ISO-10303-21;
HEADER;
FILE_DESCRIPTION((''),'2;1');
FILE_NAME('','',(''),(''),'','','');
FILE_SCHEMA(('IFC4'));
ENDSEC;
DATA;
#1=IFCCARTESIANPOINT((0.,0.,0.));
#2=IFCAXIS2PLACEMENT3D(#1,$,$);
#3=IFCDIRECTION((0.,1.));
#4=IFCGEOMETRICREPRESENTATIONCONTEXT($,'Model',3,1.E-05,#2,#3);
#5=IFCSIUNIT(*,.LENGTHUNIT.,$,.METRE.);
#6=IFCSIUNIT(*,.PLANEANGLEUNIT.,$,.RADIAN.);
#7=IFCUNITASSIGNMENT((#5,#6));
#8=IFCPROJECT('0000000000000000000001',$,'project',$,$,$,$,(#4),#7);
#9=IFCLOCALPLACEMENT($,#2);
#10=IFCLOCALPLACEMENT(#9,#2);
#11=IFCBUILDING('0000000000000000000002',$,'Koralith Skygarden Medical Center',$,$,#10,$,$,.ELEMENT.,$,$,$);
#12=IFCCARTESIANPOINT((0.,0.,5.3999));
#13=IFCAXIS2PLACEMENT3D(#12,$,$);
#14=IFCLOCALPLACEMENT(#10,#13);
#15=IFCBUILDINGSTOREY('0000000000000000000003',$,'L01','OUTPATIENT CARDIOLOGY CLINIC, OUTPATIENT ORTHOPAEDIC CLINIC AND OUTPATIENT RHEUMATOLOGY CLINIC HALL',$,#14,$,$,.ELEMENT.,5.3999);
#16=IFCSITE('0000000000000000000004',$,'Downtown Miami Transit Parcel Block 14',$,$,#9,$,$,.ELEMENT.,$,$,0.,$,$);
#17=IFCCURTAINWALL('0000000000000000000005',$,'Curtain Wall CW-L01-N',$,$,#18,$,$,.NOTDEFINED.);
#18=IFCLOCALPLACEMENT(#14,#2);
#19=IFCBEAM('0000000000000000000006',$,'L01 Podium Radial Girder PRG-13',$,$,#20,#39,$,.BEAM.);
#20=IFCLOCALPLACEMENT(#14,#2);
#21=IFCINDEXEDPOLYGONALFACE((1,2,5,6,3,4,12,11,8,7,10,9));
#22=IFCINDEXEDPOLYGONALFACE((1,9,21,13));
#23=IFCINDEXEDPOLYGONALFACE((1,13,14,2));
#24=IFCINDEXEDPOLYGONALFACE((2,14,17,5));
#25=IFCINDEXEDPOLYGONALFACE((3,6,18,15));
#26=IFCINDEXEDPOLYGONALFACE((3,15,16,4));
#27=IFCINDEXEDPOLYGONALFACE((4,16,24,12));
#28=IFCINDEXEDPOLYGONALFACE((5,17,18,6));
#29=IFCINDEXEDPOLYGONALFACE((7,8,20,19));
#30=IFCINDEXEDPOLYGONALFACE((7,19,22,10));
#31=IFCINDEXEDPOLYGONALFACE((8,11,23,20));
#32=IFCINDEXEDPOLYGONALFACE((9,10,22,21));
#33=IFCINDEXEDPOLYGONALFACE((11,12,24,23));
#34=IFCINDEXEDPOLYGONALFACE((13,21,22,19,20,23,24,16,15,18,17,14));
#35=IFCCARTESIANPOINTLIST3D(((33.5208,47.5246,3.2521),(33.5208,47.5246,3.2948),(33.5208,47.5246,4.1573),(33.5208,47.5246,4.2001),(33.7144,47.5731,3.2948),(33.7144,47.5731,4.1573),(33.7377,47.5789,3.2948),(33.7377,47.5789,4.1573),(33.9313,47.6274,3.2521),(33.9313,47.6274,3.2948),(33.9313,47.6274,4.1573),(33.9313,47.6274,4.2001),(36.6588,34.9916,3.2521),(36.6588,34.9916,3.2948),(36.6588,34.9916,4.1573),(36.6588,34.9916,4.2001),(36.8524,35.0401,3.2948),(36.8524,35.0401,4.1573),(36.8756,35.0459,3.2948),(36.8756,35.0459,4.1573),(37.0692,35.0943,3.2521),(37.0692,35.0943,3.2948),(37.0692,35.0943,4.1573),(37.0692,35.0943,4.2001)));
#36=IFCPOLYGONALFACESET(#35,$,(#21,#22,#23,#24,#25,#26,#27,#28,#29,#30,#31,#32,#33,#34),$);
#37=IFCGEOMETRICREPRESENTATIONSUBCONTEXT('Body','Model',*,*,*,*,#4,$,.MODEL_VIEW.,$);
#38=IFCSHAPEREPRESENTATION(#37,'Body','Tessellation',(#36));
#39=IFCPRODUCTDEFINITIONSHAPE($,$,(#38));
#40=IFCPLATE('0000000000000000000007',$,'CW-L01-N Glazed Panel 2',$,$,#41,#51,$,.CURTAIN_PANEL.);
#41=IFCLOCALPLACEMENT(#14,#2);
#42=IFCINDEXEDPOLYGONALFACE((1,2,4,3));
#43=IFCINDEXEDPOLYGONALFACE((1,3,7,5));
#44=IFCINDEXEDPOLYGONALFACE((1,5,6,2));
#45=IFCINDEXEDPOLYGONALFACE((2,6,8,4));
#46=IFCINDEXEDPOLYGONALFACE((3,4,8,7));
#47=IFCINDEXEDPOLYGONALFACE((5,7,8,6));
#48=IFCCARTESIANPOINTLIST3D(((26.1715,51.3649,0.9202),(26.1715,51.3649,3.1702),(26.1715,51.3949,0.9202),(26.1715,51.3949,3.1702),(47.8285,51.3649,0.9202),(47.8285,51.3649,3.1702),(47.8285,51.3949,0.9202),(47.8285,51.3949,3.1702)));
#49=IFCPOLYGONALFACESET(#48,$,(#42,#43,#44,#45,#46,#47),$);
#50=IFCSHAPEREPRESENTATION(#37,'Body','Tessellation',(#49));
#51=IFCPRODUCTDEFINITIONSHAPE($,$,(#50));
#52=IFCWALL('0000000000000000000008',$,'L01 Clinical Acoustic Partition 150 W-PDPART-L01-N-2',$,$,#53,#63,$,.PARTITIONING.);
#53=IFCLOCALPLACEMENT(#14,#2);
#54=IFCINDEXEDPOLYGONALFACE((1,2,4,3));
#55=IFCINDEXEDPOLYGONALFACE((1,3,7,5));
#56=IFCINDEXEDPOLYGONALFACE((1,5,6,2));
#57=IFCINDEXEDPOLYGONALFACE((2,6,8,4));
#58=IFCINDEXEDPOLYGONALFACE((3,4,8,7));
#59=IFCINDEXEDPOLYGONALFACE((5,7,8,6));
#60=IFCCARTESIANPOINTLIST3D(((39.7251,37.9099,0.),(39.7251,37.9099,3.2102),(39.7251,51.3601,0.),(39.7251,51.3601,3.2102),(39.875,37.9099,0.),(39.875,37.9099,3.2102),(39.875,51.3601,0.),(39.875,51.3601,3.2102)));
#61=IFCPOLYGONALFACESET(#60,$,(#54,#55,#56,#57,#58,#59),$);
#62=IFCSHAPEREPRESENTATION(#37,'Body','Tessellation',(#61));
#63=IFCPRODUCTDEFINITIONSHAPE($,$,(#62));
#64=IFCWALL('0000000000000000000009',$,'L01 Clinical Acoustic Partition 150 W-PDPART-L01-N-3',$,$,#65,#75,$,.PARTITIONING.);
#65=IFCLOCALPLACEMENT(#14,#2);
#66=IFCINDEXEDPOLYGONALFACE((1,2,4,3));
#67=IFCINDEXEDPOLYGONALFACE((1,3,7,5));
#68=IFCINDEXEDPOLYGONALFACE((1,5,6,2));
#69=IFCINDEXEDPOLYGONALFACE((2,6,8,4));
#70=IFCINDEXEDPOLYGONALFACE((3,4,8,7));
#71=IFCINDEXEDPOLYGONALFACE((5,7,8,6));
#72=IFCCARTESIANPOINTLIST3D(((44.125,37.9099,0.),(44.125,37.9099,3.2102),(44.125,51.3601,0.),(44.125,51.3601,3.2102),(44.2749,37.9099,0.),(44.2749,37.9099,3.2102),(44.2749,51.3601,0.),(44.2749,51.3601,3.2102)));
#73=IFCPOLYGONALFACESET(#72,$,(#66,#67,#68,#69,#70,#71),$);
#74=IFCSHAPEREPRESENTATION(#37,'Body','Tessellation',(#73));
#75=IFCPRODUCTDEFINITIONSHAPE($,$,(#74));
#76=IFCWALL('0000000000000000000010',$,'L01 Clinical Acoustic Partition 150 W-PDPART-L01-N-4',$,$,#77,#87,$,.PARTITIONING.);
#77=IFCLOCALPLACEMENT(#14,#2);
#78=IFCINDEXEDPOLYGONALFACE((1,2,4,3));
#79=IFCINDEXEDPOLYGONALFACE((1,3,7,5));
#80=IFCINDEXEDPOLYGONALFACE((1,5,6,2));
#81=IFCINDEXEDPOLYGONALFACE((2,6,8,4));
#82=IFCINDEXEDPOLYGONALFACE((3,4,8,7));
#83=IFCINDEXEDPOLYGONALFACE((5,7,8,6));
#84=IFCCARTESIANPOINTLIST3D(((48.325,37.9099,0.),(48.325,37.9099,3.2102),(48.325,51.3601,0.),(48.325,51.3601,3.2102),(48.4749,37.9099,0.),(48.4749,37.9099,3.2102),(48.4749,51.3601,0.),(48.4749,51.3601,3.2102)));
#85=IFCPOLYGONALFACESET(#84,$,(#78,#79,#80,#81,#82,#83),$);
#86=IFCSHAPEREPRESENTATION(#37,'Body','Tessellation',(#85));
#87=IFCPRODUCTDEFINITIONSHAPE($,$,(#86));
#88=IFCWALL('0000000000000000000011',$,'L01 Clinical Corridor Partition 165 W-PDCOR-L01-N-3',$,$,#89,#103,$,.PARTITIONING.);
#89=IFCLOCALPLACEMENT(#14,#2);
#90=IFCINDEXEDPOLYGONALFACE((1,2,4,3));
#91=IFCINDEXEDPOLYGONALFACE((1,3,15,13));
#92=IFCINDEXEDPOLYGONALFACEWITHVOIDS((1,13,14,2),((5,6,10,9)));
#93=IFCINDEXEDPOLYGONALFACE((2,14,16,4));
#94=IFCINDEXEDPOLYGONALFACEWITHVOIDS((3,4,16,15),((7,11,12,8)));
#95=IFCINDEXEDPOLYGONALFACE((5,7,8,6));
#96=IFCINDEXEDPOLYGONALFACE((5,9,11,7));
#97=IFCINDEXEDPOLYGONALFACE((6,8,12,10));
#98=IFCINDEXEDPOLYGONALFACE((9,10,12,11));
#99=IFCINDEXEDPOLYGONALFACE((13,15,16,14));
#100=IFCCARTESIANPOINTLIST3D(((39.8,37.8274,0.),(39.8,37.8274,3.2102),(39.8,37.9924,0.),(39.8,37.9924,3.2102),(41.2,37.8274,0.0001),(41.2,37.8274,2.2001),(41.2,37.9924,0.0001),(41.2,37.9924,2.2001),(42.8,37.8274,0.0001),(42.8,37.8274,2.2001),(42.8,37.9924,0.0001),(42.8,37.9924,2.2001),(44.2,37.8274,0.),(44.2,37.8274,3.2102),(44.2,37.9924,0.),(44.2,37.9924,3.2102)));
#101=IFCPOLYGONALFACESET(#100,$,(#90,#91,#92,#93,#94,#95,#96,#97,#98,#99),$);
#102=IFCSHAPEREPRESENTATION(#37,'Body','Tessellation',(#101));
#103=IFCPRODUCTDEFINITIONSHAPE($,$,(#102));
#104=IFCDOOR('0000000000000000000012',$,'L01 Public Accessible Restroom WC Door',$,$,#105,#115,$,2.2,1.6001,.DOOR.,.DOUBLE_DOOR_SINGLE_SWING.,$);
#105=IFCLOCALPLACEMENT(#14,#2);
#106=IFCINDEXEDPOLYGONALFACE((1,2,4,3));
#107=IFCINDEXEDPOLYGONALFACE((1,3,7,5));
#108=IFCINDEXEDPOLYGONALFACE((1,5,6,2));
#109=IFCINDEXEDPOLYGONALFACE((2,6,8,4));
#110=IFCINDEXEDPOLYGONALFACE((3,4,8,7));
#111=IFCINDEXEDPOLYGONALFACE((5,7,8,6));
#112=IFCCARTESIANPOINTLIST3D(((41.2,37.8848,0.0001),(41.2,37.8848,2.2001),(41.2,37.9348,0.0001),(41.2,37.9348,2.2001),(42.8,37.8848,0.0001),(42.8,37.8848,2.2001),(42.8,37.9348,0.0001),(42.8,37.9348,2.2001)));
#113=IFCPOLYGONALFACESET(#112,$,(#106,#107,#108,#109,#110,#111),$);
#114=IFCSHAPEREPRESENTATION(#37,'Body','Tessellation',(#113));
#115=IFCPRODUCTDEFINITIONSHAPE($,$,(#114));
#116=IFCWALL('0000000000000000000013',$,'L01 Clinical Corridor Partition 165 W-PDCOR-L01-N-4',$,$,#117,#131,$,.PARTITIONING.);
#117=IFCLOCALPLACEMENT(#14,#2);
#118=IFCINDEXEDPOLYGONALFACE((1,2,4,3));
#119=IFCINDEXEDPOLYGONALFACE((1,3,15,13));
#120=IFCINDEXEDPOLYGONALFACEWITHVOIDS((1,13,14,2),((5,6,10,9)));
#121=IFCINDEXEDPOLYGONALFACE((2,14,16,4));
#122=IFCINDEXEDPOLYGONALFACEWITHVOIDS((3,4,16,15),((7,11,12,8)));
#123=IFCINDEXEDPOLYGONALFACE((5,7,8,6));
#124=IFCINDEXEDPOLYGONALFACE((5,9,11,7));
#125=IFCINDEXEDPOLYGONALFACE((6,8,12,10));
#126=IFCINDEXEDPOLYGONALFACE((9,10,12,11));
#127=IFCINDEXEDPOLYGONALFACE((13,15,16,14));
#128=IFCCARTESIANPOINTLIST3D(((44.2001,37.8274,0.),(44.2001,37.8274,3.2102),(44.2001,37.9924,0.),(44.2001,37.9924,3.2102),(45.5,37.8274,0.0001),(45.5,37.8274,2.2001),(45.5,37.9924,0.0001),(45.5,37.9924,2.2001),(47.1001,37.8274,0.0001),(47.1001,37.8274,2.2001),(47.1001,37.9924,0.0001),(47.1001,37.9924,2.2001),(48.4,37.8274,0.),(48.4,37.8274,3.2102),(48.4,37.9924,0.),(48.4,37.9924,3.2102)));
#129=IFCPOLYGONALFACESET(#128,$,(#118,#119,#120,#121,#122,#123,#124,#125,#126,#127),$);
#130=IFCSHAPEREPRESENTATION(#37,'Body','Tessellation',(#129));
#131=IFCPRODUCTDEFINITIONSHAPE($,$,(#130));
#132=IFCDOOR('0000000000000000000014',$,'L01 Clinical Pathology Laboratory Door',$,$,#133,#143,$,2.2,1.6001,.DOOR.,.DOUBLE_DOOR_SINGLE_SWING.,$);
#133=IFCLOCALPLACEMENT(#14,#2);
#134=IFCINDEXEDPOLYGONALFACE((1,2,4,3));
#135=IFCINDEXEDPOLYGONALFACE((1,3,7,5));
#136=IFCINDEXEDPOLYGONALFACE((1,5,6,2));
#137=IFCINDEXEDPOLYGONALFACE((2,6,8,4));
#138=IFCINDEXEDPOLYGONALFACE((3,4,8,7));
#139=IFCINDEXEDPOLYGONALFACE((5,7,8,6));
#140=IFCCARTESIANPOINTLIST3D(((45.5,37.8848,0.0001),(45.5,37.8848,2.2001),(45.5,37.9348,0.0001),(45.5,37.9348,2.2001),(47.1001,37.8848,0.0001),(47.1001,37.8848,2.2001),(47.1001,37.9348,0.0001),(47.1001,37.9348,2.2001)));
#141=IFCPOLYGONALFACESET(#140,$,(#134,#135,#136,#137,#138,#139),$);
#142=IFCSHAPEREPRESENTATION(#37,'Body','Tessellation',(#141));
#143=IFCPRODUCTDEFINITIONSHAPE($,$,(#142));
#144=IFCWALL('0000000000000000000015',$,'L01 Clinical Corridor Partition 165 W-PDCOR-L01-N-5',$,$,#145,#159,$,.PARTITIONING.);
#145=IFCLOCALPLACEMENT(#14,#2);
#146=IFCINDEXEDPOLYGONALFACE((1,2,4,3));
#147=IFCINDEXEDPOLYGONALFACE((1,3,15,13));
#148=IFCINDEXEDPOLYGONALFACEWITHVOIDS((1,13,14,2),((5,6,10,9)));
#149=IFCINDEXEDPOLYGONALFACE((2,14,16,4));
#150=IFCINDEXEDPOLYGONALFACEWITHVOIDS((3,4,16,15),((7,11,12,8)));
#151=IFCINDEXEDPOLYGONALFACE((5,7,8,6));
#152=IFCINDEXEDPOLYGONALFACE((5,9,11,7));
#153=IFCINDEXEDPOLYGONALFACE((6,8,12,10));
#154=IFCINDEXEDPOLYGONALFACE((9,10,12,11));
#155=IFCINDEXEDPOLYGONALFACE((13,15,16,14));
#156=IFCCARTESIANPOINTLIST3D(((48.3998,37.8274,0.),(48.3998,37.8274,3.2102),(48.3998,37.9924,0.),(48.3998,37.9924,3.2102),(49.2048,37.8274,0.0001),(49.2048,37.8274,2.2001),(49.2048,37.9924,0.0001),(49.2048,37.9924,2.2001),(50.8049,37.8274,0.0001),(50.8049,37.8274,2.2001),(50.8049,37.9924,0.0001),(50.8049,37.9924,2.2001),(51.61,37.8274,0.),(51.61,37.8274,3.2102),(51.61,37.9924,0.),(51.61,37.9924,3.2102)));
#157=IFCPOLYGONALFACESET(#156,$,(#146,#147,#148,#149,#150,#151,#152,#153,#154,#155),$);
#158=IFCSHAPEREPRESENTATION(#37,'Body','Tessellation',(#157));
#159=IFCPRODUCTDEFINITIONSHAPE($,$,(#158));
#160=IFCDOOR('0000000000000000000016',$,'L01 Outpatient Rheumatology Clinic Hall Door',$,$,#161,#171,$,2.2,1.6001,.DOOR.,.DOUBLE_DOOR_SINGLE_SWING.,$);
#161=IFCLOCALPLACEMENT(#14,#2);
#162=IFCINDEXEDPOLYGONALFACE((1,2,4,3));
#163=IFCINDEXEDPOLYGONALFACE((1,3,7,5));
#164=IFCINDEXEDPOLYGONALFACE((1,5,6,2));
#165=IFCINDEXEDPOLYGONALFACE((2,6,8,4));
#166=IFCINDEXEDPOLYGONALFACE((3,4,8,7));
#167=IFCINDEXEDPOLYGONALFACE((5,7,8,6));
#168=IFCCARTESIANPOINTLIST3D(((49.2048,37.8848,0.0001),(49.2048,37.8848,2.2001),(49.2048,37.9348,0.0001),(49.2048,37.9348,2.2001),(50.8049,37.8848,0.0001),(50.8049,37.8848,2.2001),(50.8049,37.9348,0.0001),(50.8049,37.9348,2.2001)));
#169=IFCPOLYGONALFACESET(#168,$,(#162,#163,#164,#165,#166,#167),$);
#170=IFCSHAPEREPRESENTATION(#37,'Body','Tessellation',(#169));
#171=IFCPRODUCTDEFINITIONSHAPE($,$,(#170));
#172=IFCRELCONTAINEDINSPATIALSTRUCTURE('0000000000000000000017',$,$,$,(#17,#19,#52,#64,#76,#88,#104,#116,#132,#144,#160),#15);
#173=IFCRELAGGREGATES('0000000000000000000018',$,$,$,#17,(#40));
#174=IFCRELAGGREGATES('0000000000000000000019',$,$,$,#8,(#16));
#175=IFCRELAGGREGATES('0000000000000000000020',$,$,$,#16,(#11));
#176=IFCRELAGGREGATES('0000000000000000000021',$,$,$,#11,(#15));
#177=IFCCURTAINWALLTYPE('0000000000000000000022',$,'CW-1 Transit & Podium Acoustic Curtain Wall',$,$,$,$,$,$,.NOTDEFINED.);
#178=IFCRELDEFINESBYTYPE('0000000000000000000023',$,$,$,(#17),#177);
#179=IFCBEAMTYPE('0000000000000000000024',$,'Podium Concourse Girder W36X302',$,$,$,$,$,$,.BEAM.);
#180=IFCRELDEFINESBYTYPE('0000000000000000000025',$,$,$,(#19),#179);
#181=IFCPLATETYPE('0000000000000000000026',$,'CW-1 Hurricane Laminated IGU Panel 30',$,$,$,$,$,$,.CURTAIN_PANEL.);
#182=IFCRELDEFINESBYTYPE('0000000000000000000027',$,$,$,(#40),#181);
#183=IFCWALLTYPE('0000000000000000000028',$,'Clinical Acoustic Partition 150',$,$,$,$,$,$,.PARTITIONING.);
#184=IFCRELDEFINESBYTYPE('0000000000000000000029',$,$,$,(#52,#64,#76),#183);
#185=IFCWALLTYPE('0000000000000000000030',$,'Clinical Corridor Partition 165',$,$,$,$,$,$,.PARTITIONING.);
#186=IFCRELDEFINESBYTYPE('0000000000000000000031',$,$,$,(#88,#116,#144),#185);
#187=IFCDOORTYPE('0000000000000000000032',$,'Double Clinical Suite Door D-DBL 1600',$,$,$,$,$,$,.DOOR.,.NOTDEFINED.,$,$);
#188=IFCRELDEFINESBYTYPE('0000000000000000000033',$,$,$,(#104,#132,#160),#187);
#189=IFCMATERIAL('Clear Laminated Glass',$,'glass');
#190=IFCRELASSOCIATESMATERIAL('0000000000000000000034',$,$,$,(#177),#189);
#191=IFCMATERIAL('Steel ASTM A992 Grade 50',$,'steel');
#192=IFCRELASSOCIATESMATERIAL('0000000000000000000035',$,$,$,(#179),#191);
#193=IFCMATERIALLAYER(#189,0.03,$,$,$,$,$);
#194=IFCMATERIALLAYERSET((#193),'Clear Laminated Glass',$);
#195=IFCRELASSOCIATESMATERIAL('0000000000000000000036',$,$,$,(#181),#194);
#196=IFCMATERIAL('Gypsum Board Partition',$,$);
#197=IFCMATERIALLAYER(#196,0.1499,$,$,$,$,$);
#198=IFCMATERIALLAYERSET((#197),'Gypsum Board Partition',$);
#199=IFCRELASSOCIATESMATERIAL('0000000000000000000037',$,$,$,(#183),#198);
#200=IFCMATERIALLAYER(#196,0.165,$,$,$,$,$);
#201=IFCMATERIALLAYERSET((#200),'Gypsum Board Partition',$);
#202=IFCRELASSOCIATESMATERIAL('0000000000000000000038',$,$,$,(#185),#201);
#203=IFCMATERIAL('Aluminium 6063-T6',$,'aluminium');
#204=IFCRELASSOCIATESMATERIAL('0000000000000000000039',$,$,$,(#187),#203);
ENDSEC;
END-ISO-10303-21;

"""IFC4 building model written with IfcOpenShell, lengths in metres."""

from ifc_helpers import new_model, si_unit, direction, frame, frame_2d, origin, origin_2d, place, context, subcontext, project, spatial, rectangle, i_section, extrude, material, layer, layer_set, material_profile, profile_set, type_object, element, fill, aggregate, save


model = new_model("IFC4")

# Units and contexts
model_context = context("Model", 3, precision=1e-05, world=origin(), true_north=direction((0.0, 1.0)))
body_context = subcontext(model_context, "Body", "Model", "MODEL_VIEW")
ifc_project = project(units=[si_unit("LENGTHUNIT", "METRE"), si_unit("PLANEANGLEUNIT", "RADIAN")], contexts=[model_context])

# Site, building, storey
site_placement = place(None, origin())
site = spatial("IfcSite", under=ifc_project, at=site_placement, Name="Downtown Miami Transit Parcel Block 14", CompositionType="ELEMENT", RefElevation=0.0)
building_placement = place(site_placement, origin())
building = spatial("IfcBuilding", under=site, at=building_placement, Name="Koralith Skygarden Medical Center", CompositionType="ELEMENT")
storey_placement = place(building_placement, frame((0.0, 0.0, 5.3999)))
storey = spatial("IfcBuildingStorey", under=building, at=storey_placement, Name="L01", Description="OUTPATIENT CARDIOLOGY CLINIC, OUTPATIENT ORTHOPAEDIC CLINIC AND OUTPATIENT RHEUMATOLOGY CLINIC HALL", CompositionType="ELEMENT", Elevation=5.3999)

# Curtain wall
ifc_material_1 = material(Name="Clear Laminated Glass", Category="glass")
curtain_wall_type = type_object("IfcCurtainWallType", Name="CW-1 Transit & Podium Acoustic Curtain Wall", PredefinedType="NOTDEFINED", material=ifc_material_1)
curtain_wall_placement = place(storey_placement, origin())
curtain_wall = element("IfcCurtainWall", 1, at=curtain_wall_placement, inside=storey, type_object=curtain_wall_type, Name="Curtain Wall CW-L01-N", PredefinedType="NOTDEFINED")
ifc_material_2 = material(Name="Aluminium 6063-T6", Category="aluminium")

# Beam
ifc_material_3 = material(Name="Steel ASTM A992 Grade 50", Category="steel")
ifc_material_profile_1 = material_profile(ifc_material_3, i_section(OverallWidth=0.4231, OverallDepth=0.948, WebThickness=0.0239, FlangeThickness=0.0427, at=origin_2d()), Name="W36X302")
ifc_profile_set_1 = profile_set([ifc_material_profile_1], Name="Steel ASTM A992 Grade 50")
beam_type = type_object("IfcBeamType", Name="Podium Concourse Girder W36X302", PredefinedType="BEAM", material=ifc_profile_set_1)
for number, where, z_axis, x_axis, name in (
    (2, (36.864, 35.043, 3.7261), (-0.242878, 0.970057, 0.0), (-0.970057, -0.242878, 0.0), "L01 Podium Radial Girder PRG-13"),
):
    element("IfcBeam", number, at=place(storey_placement, frame(where, z_axis=z_axis, x_axis=x_axis)), inside=storey, type_object=beam_type, Name=name, PredefinedType="BEAM", context=body_context, shape_type="SweptSolid", body=[
        extrude(i_section(OverallWidth=0.4231, OverallDepth=0.948, WebThickness=0.0239, FlangeThickness=0.0427, at=origin_2d()), origin(), (0.0, 0.0, 1.0), 12.9199),
    ])

# Plate
ifc_layer_1 = layer(ifc_material_1, 0.03)
ifc_layer_set_1 = layer_set([ifc_layer_1], Name="Clear Laminated Glass")
plate_type = type_object("IfcPlateType", Name="CW-1 Hurricane Laminated IGU Panel 30", PredefinedType="CURTAIN_PANEL", material=ifc_layer_set_1)
plate_placement = place(storey_placement, frame((37.0, 51.3799, 0.9202), z_axis=(0.0, 0.0, 1.0), x_axis=(-1.0, 0.0, 0.0)))
plate = element("IfcPlate", 3, at=plate_placement, type_object=plate_type, Name="CW-L01-N Glazed Panel 2", PredefinedType="CURTAIN_PANEL", context=body_context, shape_type="SweptSolid", body=[
    extrude(rectangle(XDim=21.657, YDim=0.03, at=origin_2d()), origin(), (0.0, 0.0, 1.0), 2.25),
])
aggregate(curtain_wall, [plate])

# Walls
ifc_material_4 = material(Name="Gypsum Board Partition")
ifc_layer_2 = layer(ifc_material_4, 0.1499)
ifc_layer_set_2 = layer_set([ifc_layer_2], Name="Gypsum Board Partition")
wall_type_1 = type_object("IfcWallType", Name="Clinical Acoustic Partition 150", PredefinedType="PARTITIONING", material=ifc_layer_set_2)
for number, where, z_axis, x_axis, name in (
    (4, (39.8, 37.9099, 0.0), (0.0, 0.0, 1.0), (0.0, 1.0, 0.0), "L01 Clinical Acoustic Partition 150 W-PDPART-L01-N-2"),
    (5, (44.2, 37.9099, 0.0), (0.0, 0.0, 1.0), (0.0, 1.0, 0.0), "L01 Clinical Acoustic Partition 150 W-PDPART-L01-N-3"),
    (6, (48.3999, 37.9099, 0.0), (0.0, 0.0, 1.0), (0.0, 1.0, 0.0), "L01 Clinical Acoustic Partition 150 W-PDPART-L01-N-4"),
):
    element("IfcWall", number, at=place(storey_placement, frame(where, z_axis=z_axis, x_axis=x_axis)), inside=storey, type_object=wall_type_1, Name=name, PredefinedType="PARTITIONING", context=body_context, shape_type="SweptSolid", body=[
        extrude(rectangle(XDim=13.4502, YDim=0.1499, at=frame_2d((6.7251, 0.0))), origin(), (0.0, 0.0, 1.0), 3.2102),
    ])

# Walls, openings, doors
ifc_layer_3 = layer(ifc_material_4, 0.165)
ifc_layer_set_3 = layer_set([ifc_layer_3], Name="Gypsum Board Partition")
wall_type_2 = type_object("IfcWallType", Name="Clinical Corridor Partition 165", PredefinedType="PARTITIONING", material=ifc_layer_set_3)
wall_1_placement = place(storey_placement, frame((39.8, 37.9099, 0.0), z_axis=(0.0, 0.0, 1.0), x_axis=(1.0, 0.0, 0.0)))
wall_1 = element("IfcWall", 7, at=wall_1_placement, inside=storey, type_object=wall_type_2, Name="L01 Clinical Corridor Partition 165 W-PDCOR-L01-N-3", PredefinedType="PARTITIONING", context=body_context, shape_type="SweptSolid", body=[
    extrude(rectangle(XDim=4.3999, YDim=0.165, at=frame_2d((2.2, 0.0))), origin(), (0.0, 0.0, 1.0), 3.2102),
])
opening_1_placement = place(wall_1_placement, frame((1.3999, 0.0, 0.0)))
opening_1 = element("IfcOpeningElement", 8, at=opening_1_placement, cuts=wall_1, PredefinedType="OPENING", context=body_context, shape_type="SweptSolid", body=[
    extrude(rectangle(XDim=1.6001, YDim=2.2, at=frame_2d((0.8, 1.1001))), frame((0.0, 0.0925, 0.0), z_axis=(0.0, -1.0, 0.0), x_axis=(1.0, 0.0, 0.0)), (0.0, 0.0, 1.0), 0.1851),
])
door_type_1 = type_object("IfcDoorType", Name="Double Clinical Suite Door D-DBL 1600", OperationType="NOTDEFINED", PredefinedType="DOOR", material=ifc_material_2)
door_1_placement = place(opening_1_placement, origin())
door_1 = element("IfcDoor", 9, at=door_1_placement, inside=storey, type_object=door_type_1, Name="L01 Public Accessible Restroom WC Door", OperationType="DOUBLE_DOOR_SINGLE_SWING", OverallHeight=2.2, OverallWidth=1.6001, PredefinedType="DOOR", context=body_context, shape_type="SweptSolid", body=[
    extrude(rectangle(XDim=1.6001, YDim=2.2, at=frame_2d((0.8, 1.1001))), frame((0.0, 0.0249, 0.0), z_axis=(0.0, -1.0, 0.0), x_axis=(1.0, 0.0, 0.0)), (0.0, 0.0, 1.0), 0.05),
])
fill(opening_1, door_1)
wall_2_placement = place(storey_placement, frame((44.2, 37.9099, 0.0), z_axis=(0.0, 0.0, 1.0), x_axis=(1.0, 0.0, 0.0)))
wall_2 = element("IfcWall", 10, at=wall_2_placement, inside=storey, type_object=wall_type_2, Name="L01 Clinical Corridor Partition 165 W-PDCOR-L01-N-4", PredefinedType="PARTITIONING", context=body_context, shape_type="SweptSolid", body=[
    extrude(rectangle(XDim=4.2, YDim=0.165, at=frame_2d((2.1001, 0.0))), origin(), (0.0, 0.0, 1.0), 3.2102),
])
opening_2_placement = place(wall_2_placement, frame((1.3, 0.0, 0.0)))
opening_2 = element("IfcOpeningElement", 11, at=opening_2_placement, cuts=wall_2, PredefinedType="OPENING", context=body_context, shape_type="SweptSolid", body=[
    extrude(rectangle(XDim=1.6001, YDim=2.2, at=frame_2d((0.8, 1.1001))), frame((0.0, 0.0925, 0.0), z_axis=(0.0, -1.0, 0.0), x_axis=(1.0, 0.0, 0.0)), (0.0, 0.0, 1.0), 0.1851),
])
door_2_placement = place(opening_2_placement, origin())
door_2 = element("IfcDoor", 12, at=door_2_placement, inside=storey, type_object=door_type_1, Name="L01 Clinical Pathology Laboratory Door", OperationType="DOUBLE_DOOR_SINGLE_SWING", OverallHeight=2.2, OverallWidth=1.6001, PredefinedType="DOOR", context=body_context, shape_type="SweptSolid", body=[
    extrude(rectangle(XDim=1.6001, YDim=2.2, at=frame_2d((0.8, 1.1001))), frame((0.0, 0.0249, 0.0), z_axis=(0.0, -1.0, 0.0), x_axis=(1.0, 0.0, 0.0)), (0.0, 0.0, 1.0), 0.05),
])
fill(opening_2, door_2)
wall_3_placement = place(storey_placement, frame((48.3999, 37.9099, 0.0), z_axis=(0.0, 0.0, 1.0), x_axis=(1.0, 0.0, 0.0)))
wall_3 = element("IfcWall", 13, at=wall_3_placement, inside=storey, type_object=wall_type_2, Name="L01 Clinical Corridor Partition 165 W-PDCOR-L01-N-5", PredefinedType="PARTITIONING", context=body_context, shape_type="SweptSolid", body=[
    extrude(rectangle(XDim=3.2102, YDim=0.165, at=frame_2d((1.605, 0.0))), origin(), (0.0, 0.0, 1.0), 3.2102),
])
opening_3_placement = place(wall_3_placement, frame((0.8049, 0.0, 0.0)))
opening_3 = element("IfcOpeningElement", 14, at=opening_3_placement, cuts=wall_3, PredefinedType="OPENING", context=body_context, shape_type="SweptSolid", body=[
    extrude(rectangle(XDim=1.6001, YDim=2.2, at=frame_2d((0.8, 1.1001))), frame((0.0, 0.0925, 0.0), z_axis=(0.0, -1.0, 0.0), x_axis=(1.0, 0.0, 0.0)), (0.0, 0.0, 1.0), 0.1851),
])
door_3_placement = place(opening_3_placement, origin())
door_3 = element("IfcDoor", 15, at=door_3_placement, inside=storey, type_object=door_type_1, Name="L01 Outpatient Rheumatology Clinic Hall Door", OperationType="DOUBLE_DOOR_SINGLE_SWING", OverallHeight=2.2, OverallWidth=1.6001, PredefinedType="DOOR", context=body_context, shape_type="SweptSolid", body=[
    extrude(rectangle(XDim=1.6001, YDim=2.2, at=frame_2d((0.8, 1.1001))), frame((0.0, 0.0249, 0.0), z_axis=(0.0, -1.0, 0.0), x_axis=(1.0, 0.0, 0.0)), (0.0, 0.0, 1.0), 0.05),
])
fill(opening_3, door_3)

save(model, "model.ifc")
